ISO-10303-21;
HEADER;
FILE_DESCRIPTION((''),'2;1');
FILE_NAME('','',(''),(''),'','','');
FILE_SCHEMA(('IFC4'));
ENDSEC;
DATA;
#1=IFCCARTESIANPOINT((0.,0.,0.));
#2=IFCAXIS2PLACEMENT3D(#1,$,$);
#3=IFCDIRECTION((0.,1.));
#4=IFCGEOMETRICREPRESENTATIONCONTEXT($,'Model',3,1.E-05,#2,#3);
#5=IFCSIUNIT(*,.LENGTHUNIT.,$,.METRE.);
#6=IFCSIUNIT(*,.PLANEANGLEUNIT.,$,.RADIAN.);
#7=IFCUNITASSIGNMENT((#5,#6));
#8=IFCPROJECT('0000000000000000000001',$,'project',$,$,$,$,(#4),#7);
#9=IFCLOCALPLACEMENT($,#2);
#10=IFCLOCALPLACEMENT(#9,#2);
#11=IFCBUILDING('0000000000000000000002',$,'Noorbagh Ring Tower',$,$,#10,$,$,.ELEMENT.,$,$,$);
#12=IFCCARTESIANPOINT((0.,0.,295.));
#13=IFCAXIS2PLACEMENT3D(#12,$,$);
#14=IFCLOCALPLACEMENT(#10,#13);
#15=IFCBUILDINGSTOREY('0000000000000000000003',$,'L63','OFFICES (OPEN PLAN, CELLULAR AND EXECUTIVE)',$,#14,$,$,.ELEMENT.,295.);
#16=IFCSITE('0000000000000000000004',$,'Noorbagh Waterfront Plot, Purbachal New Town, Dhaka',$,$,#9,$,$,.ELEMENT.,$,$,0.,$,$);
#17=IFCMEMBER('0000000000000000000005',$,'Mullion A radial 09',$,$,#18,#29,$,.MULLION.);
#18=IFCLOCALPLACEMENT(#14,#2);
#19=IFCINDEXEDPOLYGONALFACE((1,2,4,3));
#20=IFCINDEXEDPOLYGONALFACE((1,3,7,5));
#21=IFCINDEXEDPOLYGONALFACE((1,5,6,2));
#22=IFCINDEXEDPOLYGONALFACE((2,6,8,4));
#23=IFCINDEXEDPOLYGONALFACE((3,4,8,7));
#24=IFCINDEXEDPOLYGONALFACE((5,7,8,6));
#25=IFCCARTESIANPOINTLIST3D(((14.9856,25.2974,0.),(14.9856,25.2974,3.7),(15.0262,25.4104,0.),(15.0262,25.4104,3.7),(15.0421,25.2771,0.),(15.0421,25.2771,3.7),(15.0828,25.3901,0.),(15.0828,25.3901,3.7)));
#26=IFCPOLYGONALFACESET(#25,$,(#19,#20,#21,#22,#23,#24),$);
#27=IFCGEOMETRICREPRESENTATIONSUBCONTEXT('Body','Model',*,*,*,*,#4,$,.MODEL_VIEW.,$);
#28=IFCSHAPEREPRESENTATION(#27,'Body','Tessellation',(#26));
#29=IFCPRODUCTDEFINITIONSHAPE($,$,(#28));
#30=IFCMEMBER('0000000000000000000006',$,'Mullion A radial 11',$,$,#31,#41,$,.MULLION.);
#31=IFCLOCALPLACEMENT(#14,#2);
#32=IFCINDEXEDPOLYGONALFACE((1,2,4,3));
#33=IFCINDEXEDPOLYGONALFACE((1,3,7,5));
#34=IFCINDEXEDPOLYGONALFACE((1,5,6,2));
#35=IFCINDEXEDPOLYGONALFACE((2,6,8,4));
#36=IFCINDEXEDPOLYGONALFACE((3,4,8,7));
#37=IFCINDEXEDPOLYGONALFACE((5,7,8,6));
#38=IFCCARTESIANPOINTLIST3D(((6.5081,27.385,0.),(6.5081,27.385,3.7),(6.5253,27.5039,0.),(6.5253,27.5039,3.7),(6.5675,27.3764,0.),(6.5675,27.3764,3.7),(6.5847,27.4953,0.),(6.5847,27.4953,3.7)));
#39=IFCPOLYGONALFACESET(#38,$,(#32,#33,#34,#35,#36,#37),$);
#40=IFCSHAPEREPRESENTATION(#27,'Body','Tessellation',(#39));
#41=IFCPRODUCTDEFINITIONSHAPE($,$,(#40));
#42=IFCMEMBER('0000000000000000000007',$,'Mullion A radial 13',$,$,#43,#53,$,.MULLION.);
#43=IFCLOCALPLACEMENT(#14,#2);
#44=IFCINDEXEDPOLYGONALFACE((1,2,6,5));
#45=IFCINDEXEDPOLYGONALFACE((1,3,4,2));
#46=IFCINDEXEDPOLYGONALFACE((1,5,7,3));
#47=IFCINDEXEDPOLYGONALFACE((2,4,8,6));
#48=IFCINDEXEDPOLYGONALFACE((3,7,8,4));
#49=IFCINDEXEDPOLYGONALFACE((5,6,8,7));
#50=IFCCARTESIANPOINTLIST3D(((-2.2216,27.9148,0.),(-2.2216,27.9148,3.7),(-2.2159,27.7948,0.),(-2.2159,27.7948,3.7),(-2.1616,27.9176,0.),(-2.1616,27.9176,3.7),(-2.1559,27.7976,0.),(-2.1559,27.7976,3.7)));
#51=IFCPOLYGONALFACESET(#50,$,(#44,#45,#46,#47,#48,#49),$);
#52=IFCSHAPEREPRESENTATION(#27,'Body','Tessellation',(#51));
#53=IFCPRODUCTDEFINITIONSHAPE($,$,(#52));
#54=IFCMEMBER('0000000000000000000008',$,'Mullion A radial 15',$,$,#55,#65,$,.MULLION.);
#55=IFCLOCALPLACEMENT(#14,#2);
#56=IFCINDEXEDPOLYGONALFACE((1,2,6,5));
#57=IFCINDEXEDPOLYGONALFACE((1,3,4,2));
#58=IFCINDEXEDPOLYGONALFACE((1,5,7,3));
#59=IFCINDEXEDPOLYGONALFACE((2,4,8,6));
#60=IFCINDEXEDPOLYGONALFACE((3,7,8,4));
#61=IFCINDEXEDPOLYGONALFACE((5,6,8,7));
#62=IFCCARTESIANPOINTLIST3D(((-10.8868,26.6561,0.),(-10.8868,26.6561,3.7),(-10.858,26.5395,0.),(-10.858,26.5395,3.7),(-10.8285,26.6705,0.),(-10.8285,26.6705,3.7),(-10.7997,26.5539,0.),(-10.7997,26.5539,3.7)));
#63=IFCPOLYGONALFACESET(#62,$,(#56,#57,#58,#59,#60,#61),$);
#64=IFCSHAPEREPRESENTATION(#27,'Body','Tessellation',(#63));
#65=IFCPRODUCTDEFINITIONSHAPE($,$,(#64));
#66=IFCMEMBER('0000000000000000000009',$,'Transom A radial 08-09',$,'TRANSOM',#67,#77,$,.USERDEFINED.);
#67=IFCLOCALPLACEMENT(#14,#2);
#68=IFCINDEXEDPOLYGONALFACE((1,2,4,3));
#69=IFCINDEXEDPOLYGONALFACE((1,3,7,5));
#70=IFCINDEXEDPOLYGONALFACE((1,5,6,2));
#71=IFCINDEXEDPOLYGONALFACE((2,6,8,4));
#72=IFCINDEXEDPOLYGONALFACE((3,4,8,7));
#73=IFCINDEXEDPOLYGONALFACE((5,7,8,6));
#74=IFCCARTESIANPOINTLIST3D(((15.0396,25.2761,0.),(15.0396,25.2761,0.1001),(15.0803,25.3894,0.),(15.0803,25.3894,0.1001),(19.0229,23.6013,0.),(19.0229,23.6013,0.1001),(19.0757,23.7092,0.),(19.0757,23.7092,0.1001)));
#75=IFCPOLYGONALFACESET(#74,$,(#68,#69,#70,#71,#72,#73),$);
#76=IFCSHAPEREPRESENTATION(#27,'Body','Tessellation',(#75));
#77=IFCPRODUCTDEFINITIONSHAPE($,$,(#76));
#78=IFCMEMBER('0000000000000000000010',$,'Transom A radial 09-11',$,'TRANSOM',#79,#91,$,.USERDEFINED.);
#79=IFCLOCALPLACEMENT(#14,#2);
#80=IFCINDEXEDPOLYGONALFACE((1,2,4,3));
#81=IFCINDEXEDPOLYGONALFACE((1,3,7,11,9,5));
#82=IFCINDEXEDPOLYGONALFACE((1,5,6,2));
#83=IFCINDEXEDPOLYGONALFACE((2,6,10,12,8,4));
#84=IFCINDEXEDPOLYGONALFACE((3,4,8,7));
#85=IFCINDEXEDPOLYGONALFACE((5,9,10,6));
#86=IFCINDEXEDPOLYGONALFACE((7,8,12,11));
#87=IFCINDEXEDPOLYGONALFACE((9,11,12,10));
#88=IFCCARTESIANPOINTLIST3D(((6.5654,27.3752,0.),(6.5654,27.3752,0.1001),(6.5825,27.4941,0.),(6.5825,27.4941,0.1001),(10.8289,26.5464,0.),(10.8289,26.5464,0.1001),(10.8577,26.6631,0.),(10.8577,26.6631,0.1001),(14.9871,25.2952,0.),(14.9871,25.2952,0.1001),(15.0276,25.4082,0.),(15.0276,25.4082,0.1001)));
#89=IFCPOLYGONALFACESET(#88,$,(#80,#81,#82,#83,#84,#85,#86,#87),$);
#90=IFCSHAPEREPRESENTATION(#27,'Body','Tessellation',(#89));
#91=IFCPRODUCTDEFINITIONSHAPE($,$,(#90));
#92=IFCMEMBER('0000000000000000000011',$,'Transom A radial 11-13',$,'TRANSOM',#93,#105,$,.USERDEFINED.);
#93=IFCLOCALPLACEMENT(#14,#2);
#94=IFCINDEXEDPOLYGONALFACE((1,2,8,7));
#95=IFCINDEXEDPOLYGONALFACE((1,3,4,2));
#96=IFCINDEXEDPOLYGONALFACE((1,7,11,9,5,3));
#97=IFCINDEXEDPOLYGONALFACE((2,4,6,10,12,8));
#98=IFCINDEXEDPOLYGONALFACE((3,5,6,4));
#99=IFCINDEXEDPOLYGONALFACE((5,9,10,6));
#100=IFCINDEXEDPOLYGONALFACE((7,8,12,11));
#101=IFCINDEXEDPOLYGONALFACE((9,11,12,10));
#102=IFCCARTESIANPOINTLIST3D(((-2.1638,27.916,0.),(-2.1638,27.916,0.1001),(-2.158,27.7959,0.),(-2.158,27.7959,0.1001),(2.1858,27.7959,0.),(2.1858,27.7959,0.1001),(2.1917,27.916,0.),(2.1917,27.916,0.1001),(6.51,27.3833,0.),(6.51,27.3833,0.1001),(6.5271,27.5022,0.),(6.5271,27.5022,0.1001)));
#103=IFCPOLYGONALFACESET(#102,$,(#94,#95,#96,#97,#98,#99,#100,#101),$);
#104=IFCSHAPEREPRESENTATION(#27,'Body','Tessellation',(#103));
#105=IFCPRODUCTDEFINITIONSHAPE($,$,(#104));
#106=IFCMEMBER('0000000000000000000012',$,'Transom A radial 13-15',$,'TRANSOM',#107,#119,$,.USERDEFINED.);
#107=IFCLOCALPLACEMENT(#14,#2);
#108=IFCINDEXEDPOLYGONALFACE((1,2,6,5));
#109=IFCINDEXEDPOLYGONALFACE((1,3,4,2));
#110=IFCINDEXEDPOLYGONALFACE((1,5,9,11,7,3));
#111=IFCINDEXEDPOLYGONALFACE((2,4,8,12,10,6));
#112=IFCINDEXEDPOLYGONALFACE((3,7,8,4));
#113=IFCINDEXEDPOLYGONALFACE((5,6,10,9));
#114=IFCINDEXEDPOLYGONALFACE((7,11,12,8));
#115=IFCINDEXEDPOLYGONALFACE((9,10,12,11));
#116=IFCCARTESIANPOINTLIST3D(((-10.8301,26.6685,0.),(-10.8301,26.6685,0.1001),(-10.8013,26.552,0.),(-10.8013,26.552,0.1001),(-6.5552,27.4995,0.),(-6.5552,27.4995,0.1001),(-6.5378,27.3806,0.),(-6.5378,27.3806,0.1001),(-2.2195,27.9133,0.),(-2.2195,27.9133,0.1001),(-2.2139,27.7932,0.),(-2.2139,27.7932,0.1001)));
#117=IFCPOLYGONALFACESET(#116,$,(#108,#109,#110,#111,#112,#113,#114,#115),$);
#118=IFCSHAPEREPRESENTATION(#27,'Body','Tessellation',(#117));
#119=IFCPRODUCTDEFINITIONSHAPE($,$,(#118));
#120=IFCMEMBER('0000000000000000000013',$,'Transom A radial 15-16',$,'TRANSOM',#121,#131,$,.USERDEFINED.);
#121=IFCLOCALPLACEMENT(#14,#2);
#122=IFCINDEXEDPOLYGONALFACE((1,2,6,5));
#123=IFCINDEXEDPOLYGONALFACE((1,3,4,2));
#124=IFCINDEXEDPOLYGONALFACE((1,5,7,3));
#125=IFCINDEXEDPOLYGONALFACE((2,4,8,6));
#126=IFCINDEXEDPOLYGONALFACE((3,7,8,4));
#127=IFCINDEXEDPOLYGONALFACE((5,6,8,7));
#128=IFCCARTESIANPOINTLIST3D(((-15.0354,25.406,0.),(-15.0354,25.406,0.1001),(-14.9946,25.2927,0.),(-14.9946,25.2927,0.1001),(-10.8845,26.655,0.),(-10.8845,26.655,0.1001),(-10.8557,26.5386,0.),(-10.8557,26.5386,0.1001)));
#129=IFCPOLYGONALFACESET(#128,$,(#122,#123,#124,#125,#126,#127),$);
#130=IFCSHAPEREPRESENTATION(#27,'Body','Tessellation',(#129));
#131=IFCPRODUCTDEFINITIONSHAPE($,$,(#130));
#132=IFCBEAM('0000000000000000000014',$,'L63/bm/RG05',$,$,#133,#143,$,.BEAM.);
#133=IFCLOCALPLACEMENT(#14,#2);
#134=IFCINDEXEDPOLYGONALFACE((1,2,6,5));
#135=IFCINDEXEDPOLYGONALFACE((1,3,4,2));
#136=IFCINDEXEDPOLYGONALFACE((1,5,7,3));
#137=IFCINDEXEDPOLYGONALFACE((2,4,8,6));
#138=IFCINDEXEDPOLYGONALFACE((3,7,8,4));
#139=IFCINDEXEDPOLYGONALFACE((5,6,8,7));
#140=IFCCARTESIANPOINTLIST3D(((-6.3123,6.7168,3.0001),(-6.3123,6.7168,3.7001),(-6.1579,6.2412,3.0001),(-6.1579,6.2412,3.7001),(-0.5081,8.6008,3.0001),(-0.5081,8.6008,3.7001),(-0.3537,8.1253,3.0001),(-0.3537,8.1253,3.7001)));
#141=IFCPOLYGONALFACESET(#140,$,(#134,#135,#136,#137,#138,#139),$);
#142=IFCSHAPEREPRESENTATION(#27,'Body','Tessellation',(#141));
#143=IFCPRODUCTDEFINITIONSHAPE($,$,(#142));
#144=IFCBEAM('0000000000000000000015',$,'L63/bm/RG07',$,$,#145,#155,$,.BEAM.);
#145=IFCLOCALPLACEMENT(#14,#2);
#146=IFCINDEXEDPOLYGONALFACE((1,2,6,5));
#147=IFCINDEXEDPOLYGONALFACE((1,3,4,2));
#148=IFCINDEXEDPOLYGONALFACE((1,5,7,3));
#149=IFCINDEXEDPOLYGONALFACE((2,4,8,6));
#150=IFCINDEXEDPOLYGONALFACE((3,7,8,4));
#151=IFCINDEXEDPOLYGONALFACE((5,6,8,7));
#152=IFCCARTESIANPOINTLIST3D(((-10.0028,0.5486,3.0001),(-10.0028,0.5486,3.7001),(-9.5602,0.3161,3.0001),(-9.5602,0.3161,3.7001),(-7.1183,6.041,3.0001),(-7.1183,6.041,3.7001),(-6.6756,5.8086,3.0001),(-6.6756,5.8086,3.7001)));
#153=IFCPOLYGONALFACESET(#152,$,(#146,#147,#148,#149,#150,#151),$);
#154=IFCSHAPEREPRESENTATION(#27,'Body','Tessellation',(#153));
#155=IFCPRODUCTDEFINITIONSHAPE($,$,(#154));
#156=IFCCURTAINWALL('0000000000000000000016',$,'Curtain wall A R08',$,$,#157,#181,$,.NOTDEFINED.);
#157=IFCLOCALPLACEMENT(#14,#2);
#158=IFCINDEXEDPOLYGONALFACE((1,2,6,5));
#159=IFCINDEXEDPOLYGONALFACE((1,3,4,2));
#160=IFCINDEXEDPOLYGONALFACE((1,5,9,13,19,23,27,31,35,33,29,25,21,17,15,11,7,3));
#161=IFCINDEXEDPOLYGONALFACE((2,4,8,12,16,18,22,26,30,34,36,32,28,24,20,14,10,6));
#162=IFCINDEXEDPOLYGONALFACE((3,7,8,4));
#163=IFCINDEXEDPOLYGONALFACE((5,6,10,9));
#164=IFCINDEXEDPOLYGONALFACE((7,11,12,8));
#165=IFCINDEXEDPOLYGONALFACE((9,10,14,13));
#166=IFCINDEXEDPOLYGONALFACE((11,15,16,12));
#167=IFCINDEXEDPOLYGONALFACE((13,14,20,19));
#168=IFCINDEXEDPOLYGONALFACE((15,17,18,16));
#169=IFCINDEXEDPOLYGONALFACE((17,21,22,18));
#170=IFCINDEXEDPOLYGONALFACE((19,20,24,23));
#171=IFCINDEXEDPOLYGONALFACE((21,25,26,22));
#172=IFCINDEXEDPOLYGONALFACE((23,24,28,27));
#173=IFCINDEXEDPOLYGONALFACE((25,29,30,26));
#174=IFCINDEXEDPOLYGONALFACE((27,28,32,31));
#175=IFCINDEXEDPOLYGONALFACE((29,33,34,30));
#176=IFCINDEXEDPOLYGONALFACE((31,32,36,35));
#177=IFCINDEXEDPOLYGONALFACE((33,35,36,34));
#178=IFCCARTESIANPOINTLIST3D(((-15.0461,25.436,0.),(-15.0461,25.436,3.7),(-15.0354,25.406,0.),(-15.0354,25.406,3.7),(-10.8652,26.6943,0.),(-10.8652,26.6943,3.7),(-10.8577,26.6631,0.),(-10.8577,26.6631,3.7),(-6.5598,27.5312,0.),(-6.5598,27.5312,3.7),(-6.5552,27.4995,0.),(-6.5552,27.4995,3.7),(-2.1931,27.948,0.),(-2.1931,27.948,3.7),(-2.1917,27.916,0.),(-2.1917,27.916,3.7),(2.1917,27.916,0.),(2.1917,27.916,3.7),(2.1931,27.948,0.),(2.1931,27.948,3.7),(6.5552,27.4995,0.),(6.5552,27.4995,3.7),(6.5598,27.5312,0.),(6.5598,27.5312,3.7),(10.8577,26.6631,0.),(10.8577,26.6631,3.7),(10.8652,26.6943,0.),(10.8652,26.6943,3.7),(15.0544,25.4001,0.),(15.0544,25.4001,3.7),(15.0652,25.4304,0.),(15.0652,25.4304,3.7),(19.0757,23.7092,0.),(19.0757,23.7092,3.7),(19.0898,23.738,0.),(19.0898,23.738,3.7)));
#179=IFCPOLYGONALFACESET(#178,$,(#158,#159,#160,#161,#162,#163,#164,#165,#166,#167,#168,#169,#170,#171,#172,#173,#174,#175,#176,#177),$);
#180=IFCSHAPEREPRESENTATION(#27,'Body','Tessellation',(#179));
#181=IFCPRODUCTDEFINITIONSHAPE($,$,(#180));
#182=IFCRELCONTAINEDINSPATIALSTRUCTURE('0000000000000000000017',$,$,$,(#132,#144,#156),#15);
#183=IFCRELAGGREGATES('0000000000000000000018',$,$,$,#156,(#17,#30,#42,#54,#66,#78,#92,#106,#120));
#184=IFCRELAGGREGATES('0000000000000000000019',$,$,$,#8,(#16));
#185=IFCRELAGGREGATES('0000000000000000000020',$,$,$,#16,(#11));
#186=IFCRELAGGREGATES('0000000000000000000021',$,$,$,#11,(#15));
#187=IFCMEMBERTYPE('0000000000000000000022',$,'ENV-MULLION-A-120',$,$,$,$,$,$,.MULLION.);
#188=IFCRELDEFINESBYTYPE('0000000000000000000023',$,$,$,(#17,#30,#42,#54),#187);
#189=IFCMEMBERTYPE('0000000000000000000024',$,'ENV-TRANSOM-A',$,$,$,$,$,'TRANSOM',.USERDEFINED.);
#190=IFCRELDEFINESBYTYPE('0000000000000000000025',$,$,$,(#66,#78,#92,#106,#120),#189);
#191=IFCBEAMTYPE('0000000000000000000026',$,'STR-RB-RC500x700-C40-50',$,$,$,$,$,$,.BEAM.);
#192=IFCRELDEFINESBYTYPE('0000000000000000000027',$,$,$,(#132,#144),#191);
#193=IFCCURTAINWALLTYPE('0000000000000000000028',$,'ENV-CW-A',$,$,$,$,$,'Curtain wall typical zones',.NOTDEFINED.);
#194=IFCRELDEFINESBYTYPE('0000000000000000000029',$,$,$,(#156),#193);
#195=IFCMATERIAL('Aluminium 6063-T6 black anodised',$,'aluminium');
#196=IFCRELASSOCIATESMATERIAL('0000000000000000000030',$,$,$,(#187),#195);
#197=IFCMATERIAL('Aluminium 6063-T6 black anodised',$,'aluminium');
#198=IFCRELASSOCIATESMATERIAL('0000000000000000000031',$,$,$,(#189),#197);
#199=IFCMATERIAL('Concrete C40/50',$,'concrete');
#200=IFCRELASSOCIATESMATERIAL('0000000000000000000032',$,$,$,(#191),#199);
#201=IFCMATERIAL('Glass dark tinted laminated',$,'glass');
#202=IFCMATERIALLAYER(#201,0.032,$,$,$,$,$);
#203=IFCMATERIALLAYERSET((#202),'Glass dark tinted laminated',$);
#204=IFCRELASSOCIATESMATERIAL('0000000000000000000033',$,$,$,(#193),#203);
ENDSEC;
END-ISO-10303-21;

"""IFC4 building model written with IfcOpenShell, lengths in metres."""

from ifc_helpers import new_model, si_unit, direction, frame, origin, origin_2d, place, context, subcontext, project, spatial, polyline, rectangle, outline, extrude, material, layer, layer_set, material_profile, profile_set, type_object, element, aggregate, save


model = new_model("IFC4")

# Units and contexts
model_context = context("Model", 3, precision=1e-05, world=origin(), true_north=direction((0.0, 1.0)))
body_context = subcontext(model_context, "Body", "Model", "MODEL_VIEW")
ifc_project = project(units=[si_unit("LENGTHUNIT", "METRE"), si_unit("PLANEANGLEUNIT", "RADIAN")], contexts=[model_context])

# Site, building, storey
site_placement = place(None, origin())
site = spatial("IfcSite", under=ifc_project, at=site_placement, Name="Noorbagh Waterfront Plot, Purbachal New Town, Dhaka", CompositionType="ELEMENT", RefElevation=0.0)
building_placement = place(site_placement, origin())
building = spatial("IfcBuilding", under=site, at=building_placement, Name="Noorbagh Ring Tower", CompositionType="ELEMENT")
storey_placement = place(building_placement, frame((0.0, 0.0, 295.0)))
storey = spatial("IfcBuildingStorey", under=building, at=storey_placement, Name="L63", Description="OFFICES (OPEN PLAN, CELLULAR AND EXECUTIVE)", CompositionType="ELEMENT", Elevation=295.0)

# Members
ifc_material_1 = material(Name="Aluminium 6063-T6 black anodised", Category="aluminium")
ifc_material_profile_1 = material_profile(ifc_material_1, rectangle(XDim=0.1201, YDim=0.0601, at=origin_2d()), Name="120x60")
ifc_profile_set_1 = profile_set([ifc_material_profile_1], Name="Aluminium 6063-T6 black anodised")
member_type_1 = type_object("IfcMemberType", Name="ENV-MULLION-A-120", PredefinedType="MULLION", material=ifc_profile_set_1)
member_1_placement = place(storey_placement, frame((15.0342, 25.3438, 0.0), z_axis=(0.0, 0.0, 1.0), x_axis=(-0.338379, -0.94101, 0.0)))
member_1 = element("IfcMember", 1, at=member_1_placement, type_object=member_type_1, Name="Mullion A radial 09", PredefinedType="MULLION", context=body_context, shape_type="SweptSolid", body=[
    extrude(rectangle(XDim=0.1201, YDim=0.0601, at=origin_2d()), origin(), (0.0, 0.0, 1.0), 3.7),
])
member_2_placement = place(storey_placement, frame((6.5464, 27.4402, 0.0), z_axis=(0.0, 0.0, 1.0), x_axis=(-0.143082, -0.989711, 0.0)))
member_2 = element("IfcMember", 2, at=member_2_placement, type_object=member_type_1, Name="Mullion A radial 11", PredefinedType="MULLION", context=body_context, shape_type="SweptSolid", body=[
    extrude(rectangle(XDim=0.1201, YDim=0.0601, at=origin_2d()), origin(), (0.0, 0.0, 1.0), 3.7),
])
member_3_placement = place(storey_placement, frame((-2.1887, 27.8562, 0.0), z_axis=(0.0, 0.0, 1.0), x_axis=(0.047558, -0.998868, 0.0)))
member_3 = element("IfcMember", 3, at=member_3_placement, type_object=member_type_1, Name="Mullion A radial 13", PredefinedType="MULLION", context=body_context, shape_type="SweptSolid", body=[
    extrude(rectangle(XDim=0.1201, YDim=0.0601, at=origin_2d()), origin(), (0.0, 0.0, 1.0), 3.7),
])
member_4_placement = place(storey_placement, frame((-10.8433, 26.605, 0.0), z_axis=(0.0, 0.0, 1.0), x_axis=(0.239799, -0.970823, 0.0)))
member_4 = element("IfcMember", 4, at=member_4_placement, type_object=member_type_1, Name="Mullion A radial 15", PredefinedType="MULLION", context=body_context, shape_type="SweptSolid", body=[
    extrude(rectangle(XDim=0.1201, YDim=0.0601, at=origin_2d()), origin(), (0.0, 0.0, 1.0), 3.7),
])
ifc_material_2 = material(Name="Aluminium 6063-T6 black anodised", Category="aluminium")
member_type_2 = type_object("IfcMemberType", Name="ENV-TRANSOM-A", ElementType="TRANSOM", PredefinedType="USERDEFINED", material=ifc_material_2)
member_5_placement = place(storey_placement, origin())
member_5 = element("IfcMember", 5, at=member_5_placement, type_object=member_type_2, Name="Transom A radial 08-09", ObjectType="TRANSOM", PredefinedType="USERDEFINED", context=body_context, shape_type="SweptSolid", body=[
    extrude(outline(polyline([(19.0757, 23.7092), (15.0803, 25.3894), (15.0396, 25.2761), (19.0229, 23.6013), (19.0757, 23.7092)])), origin(), (0.0, 0.0, 1.0), 0.1001),
])
member_6_placement = place(storey_placement, origin())
member_6 = element("IfcMember", 6, at=member_6_placement, type_object=member_type_2, Name="Transom A radial 09-11", ObjectType="TRANSOM", PredefinedType="USERDEFINED", context=body_context, shape_type="SweptSolid", body=[
    extrude(outline(polyline([(15.0276, 25.4082), (10.8577, 26.6631), (6.5825, 27.4941), (6.5654, 27.3752), (10.8289, 26.5464), (14.9871, 25.2952), (15.0276, 25.4082)])), origin(), (0.0, 0.0, 1.0), 0.1001),
])
member_7_placement = place(storey_placement, origin())
member_7 = element("IfcMember", 7, at=member_7_placement, type_object=member_type_2, Name="Transom A radial 11-13", ObjectType="TRANSOM", PredefinedType="USERDEFINED", context=body_context, shape_type="SweptSolid", body=[
    extrude(outline(polyline([(6.5271, 27.5022), (2.1917, 27.916), (-2.1638, 27.916), (-2.158, 27.7959), (2.1858, 27.7959), (6.51, 27.3833), (6.5271, 27.5022)])), origin(), (0.0, 0.0, 1.0), 0.1001),
])
member_8_placement = place(storey_placement, origin())
member_8 = element("IfcMember", 8, at=member_8_placement, type_object=member_type_2, Name="Transom A radial 13-15", ObjectType="TRANSOM", PredefinedType="USERDEFINED", context=body_context, shape_type="SweptSolid", body=[
    extrude(outline(polyline([(-2.2195, 27.9133), (-6.5552, 27.4995), (-10.8301, 26.6685), (-10.8013, 26.552), (-6.5378, 27.3806), (-2.2139, 27.7932), (-2.2195, 27.9133)])), origin(), (0.0, 0.0, 1.0), 0.1001),
])
member_9_placement = place(storey_placement, origin())
member_9 = element("IfcMember", 9, at=member_9_placement, type_object=member_type_2, Name="Transom A radial 15-16", ObjectType="TRANSOM", PredefinedType="USERDEFINED", context=body_context, shape_type="SweptSolid", body=[
    extrude(outline(polyline([(-10.8845, 26.655), (-15.0354, 25.406), (-14.9946, 25.2927), (-10.8557, 26.5386), (-10.8845, 26.655)])), origin(), (0.0, 0.0, 1.0), 0.1001),
])

# Beams
ifc_material_3 = material(Name="Concrete C40/50", Category="concrete")
ifc_material_profile_2 = material_profile(ifc_material_3, rectangle(XDim=0.5, YDim=0.7, at=origin_2d()), Name="RC500x700")
ifc_profile_set_2 = profile_set([ifc_material_profile_2], Name="Concrete C40/50")
beam_type = type_object("IfcBeamType", Name="STR-RB-RC500x700-C40-50", PredefinedType="BEAM", material=ifc_profile_set_2)
beam_1_placement = place(storey_placement, frame((-0.4309, 8.363, 3.3501), z_axis=(-0.951146, -0.30874, 0.0), x_axis=(0.30874, -0.951146, 0.0)))
element("IfcBeam", 10, at=beam_1_placement, inside=storey, type_object=beam_type, Name="L63/bm/RG05", PredefinedType="BEAM", context=body_context, shape_type="SweptSolid", body=[
    extrude(rectangle(XDim=0.5, YDim=0.7, at=origin_2d()), origin(), (0.0, 0.0, 1.0), 6.1023),
])
beam_2_placement = place(storey_placement, frame((-6.897, 5.9248, 3.3501), z_axis=(-0.46496, -0.885332, 0.0), x_axis=(0.885332, -0.46496, 0.0)))
element("IfcBeam", 11, at=beam_2_placement, inside=storey, type_object=beam_type, Name="L63/bm/RG07", PredefinedType="BEAM", context=body_context, shape_type="SweptSolid", body=[
    extrude(rectangle(XDim=0.5, YDim=0.7, at=origin_2d()), origin(), (0.0, 0.0, 1.0), 6.2039),
])

# Curtain wall
ifc_material_4 = material(Name="Glass dark tinted laminated", Category="glass")
ifc_layer_1 = layer(ifc_material_4, 0.032)
ifc_layer_set_1 = layer_set([ifc_layer_1], Name="Glass dark tinted laminated")
curtain_wall_type = type_object("IfcCurtainWallType", Name="ENV-CW-A", ElementType="Curtain wall typical zones", PredefinedType="NOTDEFINED", material=ifc_layer_set_1)
curtain_wall_placement = place(storey_placement, origin())
curtain_wall = element("IfcCurtainWall", 12, at=curtain_wall_placement, inside=storey, type_object=curtain_wall_type, Name="Curtain wall A R08", PredefinedType="NOTDEFINED", context=body_context, shape_type="SweptSolid", body=[
    extrude(outline(polyline([(19.0898, 23.738), (15.0652, 25.4304), (10.8652, 26.6943), (6.5598, 27.5312), (2.1931, 27.948), (-2.1931, 27.948), (-6.5598, 27.5312), (-10.8652, 26.6943), (-15.0461, 25.436), (-15.0354, 25.406), (-10.8577, 26.6631), (-6.5552, 27.4995), (-2.1917, 27.916), (2.1917, 27.916), (6.5552, 27.4995), (10.8577, 26.6631), (15.0544, 25.4001), (19.0757, 23.7092), (19.0898, 23.738)])), origin(), (0.0, 0.0, 1.0), 3.7),
])
aggregate(curtain_wall, [member_1, member_2, member_3, member_4, member_5, member_6, member_7, member_8, member_9])

save(model, "model.ifc")
